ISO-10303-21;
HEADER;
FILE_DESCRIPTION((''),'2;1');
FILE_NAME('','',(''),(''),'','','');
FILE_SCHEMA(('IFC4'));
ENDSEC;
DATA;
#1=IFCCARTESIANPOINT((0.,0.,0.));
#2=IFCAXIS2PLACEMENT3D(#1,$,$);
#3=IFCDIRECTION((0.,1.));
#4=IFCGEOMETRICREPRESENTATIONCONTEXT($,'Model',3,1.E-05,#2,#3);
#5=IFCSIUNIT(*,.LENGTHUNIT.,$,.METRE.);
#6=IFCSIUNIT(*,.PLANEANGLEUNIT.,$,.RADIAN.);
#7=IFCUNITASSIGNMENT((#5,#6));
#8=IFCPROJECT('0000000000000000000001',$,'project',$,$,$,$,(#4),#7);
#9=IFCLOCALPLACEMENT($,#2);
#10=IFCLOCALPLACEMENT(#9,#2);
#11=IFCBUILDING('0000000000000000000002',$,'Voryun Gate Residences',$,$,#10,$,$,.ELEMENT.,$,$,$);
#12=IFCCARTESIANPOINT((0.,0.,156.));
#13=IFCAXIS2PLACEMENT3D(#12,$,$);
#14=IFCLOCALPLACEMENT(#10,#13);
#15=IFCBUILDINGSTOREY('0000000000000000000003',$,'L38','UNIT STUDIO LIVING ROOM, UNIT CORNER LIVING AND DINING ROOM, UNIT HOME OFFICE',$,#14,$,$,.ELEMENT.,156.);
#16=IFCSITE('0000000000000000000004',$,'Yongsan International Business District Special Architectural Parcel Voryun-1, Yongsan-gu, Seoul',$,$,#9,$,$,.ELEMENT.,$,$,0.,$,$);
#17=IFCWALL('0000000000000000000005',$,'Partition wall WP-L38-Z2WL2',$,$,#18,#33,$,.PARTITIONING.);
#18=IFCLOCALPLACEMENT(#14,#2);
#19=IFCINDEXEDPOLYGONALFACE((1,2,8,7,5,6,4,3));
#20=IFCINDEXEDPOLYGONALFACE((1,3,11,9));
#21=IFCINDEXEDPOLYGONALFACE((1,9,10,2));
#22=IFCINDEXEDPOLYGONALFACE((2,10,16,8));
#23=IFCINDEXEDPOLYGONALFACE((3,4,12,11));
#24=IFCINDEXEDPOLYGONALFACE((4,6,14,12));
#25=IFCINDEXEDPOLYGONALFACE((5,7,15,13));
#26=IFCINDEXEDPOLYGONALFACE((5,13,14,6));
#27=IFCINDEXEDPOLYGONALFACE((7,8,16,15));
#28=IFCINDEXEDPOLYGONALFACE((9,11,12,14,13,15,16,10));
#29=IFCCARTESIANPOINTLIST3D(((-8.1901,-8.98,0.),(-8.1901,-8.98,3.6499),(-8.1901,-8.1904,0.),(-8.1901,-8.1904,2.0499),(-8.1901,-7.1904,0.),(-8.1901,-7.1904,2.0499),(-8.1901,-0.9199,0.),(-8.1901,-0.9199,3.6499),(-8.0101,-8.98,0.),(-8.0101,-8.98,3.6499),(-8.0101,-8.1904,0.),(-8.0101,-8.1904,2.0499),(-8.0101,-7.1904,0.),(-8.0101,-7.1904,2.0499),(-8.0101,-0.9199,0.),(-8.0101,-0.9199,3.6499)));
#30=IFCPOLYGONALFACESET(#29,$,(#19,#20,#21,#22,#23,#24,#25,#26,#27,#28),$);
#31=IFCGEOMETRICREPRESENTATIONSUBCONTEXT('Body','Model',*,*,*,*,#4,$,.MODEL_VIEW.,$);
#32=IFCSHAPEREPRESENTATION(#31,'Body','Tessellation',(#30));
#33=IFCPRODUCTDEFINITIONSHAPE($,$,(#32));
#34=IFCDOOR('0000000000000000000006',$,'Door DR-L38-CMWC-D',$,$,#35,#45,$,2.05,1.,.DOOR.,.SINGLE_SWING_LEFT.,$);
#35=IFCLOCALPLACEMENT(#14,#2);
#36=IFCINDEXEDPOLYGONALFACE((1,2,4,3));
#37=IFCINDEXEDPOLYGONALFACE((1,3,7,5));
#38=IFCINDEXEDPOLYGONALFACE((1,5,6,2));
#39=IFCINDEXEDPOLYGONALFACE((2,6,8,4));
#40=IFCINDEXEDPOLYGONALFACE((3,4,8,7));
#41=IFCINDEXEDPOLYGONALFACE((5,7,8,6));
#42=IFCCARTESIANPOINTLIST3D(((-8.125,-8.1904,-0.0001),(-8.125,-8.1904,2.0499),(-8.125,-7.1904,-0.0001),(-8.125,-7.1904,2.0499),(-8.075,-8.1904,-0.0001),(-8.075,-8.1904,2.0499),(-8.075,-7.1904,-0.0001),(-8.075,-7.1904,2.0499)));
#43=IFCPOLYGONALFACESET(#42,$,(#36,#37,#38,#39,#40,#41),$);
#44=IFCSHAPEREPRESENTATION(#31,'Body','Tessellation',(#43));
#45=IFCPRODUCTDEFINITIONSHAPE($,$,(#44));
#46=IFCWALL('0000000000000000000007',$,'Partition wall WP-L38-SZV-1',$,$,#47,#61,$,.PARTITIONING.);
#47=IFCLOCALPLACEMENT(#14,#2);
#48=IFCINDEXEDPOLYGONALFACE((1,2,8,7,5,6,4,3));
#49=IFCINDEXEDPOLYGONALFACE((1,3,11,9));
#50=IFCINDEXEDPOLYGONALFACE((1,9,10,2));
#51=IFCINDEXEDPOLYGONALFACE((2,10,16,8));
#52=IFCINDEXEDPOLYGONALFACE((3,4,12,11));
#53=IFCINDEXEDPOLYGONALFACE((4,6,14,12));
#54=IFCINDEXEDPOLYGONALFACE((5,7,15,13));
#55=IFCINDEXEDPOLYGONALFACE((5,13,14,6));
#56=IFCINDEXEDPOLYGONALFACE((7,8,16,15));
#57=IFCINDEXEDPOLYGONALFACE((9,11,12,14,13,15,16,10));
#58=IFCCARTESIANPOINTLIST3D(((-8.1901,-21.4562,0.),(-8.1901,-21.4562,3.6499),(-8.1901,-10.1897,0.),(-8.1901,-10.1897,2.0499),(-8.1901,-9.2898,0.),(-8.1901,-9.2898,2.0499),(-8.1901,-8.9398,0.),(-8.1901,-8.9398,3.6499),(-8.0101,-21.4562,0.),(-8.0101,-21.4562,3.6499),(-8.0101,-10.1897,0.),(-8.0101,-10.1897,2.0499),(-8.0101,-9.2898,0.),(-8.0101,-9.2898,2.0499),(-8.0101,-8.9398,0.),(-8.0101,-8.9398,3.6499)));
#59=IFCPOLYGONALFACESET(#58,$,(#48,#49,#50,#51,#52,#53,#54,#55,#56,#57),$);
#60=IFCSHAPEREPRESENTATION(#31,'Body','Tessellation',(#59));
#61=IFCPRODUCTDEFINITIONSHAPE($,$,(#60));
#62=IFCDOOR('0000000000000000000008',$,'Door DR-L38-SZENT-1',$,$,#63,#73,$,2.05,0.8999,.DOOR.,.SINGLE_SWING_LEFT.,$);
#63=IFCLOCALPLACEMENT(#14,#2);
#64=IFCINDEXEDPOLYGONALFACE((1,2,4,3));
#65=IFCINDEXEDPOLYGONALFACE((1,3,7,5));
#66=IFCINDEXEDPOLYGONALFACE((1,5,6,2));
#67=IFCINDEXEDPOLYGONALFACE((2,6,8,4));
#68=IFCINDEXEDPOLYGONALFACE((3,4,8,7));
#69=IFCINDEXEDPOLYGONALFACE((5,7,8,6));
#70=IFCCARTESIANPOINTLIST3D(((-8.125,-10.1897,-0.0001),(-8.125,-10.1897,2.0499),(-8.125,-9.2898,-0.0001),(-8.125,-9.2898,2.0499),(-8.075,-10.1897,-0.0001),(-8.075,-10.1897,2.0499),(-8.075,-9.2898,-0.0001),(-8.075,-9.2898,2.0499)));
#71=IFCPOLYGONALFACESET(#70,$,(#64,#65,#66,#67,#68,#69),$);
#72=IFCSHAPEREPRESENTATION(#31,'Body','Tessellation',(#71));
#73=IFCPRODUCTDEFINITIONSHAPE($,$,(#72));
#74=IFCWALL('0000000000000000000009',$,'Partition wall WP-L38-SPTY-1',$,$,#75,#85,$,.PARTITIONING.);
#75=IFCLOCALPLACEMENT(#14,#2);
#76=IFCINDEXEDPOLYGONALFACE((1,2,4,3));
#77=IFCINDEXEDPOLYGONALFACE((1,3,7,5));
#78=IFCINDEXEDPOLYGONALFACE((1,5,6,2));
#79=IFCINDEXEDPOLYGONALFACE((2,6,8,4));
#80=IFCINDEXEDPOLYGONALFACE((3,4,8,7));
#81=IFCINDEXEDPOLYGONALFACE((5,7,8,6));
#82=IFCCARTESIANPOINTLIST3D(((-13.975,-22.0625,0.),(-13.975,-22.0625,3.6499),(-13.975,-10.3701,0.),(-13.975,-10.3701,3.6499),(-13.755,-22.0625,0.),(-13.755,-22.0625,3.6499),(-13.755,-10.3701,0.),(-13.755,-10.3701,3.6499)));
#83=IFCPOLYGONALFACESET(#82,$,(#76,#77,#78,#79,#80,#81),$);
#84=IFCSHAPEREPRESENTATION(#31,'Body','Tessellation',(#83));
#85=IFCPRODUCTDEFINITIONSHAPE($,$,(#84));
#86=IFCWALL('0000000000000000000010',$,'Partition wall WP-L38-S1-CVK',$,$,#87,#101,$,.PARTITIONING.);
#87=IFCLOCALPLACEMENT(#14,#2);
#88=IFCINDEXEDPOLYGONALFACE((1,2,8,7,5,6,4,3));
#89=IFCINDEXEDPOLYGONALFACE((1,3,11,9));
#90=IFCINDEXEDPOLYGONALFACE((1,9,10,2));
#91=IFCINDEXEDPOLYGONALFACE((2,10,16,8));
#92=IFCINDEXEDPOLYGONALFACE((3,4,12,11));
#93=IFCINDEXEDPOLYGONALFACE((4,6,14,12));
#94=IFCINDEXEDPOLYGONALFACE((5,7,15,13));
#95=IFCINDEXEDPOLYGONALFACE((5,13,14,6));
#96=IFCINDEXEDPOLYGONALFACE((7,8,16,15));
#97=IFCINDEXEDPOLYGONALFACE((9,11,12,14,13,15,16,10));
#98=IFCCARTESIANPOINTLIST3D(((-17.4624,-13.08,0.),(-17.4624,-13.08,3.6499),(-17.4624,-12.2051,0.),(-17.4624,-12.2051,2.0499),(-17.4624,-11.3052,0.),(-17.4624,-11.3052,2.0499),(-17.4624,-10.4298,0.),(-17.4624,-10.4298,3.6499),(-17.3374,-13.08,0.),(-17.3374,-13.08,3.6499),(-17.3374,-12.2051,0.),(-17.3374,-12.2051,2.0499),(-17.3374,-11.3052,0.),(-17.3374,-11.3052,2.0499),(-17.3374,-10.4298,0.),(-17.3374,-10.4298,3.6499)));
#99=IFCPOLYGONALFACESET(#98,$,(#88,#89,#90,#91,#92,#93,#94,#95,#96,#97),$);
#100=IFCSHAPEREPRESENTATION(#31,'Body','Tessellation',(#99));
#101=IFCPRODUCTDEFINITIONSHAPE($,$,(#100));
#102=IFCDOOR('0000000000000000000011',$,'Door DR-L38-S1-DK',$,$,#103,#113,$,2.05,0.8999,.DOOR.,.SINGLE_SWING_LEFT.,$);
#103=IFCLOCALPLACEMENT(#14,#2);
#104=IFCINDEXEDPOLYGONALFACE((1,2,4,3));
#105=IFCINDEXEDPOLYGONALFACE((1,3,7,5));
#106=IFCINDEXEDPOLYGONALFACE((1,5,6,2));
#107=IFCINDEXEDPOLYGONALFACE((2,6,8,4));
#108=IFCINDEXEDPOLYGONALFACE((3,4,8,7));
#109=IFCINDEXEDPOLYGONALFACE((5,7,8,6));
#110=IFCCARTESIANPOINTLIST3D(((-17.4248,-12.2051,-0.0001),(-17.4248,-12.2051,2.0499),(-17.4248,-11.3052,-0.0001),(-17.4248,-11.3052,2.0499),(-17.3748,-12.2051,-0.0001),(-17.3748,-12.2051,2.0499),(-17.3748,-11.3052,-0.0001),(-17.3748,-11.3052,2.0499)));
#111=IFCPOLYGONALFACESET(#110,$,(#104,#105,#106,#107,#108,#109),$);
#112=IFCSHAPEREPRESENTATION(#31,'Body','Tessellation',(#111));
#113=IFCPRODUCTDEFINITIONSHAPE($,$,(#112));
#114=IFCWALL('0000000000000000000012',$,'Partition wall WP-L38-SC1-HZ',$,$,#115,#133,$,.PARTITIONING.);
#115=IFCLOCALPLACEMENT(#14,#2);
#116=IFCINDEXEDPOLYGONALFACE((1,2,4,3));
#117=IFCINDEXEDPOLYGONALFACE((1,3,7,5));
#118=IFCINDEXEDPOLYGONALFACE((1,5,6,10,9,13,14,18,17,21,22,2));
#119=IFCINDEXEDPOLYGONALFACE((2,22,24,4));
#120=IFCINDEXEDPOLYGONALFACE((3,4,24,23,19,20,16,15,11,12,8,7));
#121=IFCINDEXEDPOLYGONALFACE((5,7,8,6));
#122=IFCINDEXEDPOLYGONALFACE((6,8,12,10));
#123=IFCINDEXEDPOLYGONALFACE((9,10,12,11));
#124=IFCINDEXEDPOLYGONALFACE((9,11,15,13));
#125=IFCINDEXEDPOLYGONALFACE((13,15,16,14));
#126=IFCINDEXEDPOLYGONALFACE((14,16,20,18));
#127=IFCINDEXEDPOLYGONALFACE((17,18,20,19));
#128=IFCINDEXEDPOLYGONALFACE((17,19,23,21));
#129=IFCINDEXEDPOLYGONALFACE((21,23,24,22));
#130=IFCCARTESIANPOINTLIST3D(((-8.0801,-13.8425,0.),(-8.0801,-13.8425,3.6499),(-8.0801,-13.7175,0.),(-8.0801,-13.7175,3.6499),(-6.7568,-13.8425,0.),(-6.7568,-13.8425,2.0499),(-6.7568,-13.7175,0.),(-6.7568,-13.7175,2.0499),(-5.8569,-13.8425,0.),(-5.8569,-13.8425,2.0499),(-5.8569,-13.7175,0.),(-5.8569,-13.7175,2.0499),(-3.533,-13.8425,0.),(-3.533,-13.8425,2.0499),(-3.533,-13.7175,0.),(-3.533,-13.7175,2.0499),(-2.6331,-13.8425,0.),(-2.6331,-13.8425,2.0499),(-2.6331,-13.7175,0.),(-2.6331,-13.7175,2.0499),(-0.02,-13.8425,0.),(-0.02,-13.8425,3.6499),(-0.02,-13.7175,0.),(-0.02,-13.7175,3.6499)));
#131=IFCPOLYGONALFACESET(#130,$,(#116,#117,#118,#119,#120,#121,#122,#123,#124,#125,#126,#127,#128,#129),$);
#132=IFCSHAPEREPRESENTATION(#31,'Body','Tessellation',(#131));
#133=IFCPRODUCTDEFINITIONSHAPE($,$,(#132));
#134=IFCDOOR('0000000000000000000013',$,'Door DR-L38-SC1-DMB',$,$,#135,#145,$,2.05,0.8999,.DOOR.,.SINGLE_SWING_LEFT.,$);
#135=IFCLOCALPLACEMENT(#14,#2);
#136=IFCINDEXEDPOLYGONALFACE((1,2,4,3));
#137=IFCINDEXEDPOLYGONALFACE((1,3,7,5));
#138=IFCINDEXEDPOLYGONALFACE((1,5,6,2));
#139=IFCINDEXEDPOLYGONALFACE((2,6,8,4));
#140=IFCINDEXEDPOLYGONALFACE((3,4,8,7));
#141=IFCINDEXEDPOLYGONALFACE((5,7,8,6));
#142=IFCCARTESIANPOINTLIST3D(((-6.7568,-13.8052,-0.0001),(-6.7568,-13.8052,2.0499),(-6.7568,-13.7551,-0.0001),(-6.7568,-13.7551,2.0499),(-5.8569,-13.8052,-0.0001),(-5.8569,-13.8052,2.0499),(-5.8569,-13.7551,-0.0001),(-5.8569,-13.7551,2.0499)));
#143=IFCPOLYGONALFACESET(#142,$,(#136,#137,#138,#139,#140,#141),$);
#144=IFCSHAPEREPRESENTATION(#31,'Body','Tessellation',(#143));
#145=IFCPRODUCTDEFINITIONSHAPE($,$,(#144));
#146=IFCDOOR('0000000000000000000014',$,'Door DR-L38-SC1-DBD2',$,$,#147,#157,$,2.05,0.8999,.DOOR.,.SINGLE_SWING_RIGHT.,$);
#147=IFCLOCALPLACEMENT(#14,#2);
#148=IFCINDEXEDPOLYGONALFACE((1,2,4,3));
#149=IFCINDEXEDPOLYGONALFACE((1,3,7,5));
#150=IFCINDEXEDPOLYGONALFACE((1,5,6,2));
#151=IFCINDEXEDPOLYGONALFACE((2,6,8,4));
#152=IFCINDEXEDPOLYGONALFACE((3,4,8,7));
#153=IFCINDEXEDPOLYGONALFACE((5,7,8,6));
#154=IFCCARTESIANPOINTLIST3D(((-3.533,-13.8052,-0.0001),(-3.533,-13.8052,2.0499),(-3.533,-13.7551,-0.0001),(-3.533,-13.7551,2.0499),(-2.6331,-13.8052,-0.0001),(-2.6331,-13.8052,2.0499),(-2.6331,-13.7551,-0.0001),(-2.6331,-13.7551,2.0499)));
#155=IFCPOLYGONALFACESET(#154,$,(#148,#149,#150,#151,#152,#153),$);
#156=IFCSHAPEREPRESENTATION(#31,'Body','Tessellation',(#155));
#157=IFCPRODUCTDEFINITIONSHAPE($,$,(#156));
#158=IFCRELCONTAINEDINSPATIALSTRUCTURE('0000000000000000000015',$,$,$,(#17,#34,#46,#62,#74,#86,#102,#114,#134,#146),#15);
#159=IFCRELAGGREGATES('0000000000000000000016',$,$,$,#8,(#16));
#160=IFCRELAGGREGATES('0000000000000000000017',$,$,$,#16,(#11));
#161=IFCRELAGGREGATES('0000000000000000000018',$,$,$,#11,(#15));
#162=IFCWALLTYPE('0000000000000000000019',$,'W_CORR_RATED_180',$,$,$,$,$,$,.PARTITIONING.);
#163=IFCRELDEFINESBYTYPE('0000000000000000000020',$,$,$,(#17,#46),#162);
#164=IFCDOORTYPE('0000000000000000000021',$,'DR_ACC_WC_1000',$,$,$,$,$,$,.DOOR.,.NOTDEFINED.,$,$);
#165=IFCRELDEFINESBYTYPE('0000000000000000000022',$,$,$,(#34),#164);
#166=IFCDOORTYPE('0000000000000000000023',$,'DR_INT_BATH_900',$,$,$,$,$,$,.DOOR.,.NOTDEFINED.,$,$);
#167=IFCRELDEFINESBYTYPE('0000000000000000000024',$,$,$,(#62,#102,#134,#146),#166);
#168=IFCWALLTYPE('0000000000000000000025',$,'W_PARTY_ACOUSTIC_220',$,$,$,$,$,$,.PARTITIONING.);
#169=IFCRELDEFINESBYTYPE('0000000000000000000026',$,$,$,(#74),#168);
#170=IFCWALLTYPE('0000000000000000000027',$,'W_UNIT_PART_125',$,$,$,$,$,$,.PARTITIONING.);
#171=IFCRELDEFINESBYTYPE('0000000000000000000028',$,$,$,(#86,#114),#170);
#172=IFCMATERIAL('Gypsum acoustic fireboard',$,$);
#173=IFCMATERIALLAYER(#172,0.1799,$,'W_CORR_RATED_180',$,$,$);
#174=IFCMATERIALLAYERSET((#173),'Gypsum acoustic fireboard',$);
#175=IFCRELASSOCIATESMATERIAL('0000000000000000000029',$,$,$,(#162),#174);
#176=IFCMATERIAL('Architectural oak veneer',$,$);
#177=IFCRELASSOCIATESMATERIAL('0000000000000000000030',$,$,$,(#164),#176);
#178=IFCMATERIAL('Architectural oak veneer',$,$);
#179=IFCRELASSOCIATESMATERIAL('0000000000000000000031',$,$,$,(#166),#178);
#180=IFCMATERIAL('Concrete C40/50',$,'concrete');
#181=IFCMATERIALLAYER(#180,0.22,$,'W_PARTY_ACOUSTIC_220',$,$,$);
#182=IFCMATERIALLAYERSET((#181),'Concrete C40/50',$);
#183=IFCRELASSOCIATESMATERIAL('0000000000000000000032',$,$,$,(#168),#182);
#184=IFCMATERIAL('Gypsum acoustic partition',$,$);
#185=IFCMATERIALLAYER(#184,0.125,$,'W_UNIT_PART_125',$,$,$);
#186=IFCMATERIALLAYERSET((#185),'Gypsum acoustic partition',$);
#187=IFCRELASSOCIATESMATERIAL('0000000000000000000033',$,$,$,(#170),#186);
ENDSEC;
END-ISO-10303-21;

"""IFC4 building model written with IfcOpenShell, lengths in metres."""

from ifc_helpers import new_model, si_unit, direction, frame, frame_2d, origin, place, context, subcontext, project, spatial, rectangle, extrude, material, layer, layer_set, type_object, element, fill, save


model = new_model("IFC4")

# Units and contexts
model_context = context("Model", 3, precision=1e-05, world=origin(), true_north=direction((0.0, 1.0)))
body_context = subcontext(model_context, "Body", "Model", "MODEL_VIEW")
ifc_project = project(units=[si_unit("LENGTHUNIT", "METRE"), si_unit("PLANEANGLEUNIT", "RADIAN")], contexts=[model_context])

# Site, building, storey
site_placement = place(None, origin())
site = spatial("IfcSite", under=ifc_project, at=site_placement, Name="Yongsan International Business District Special Architectural Parcel Voryun-1, Yongsan-gu, Seoul", CompositionType="ELEMENT", RefElevation=0.0)
building_placement = place(site_placement, origin())
building = spatial("IfcBuilding", under=site, at=building_placement, Name="Voryun Gate Residences", CompositionType="ELEMENT")
storey_placement = place(building_placement, frame((0.0, 0.0, 156.0)))
storey = spatial("IfcBuildingStorey", under=building, at=storey_placement, Name="L38", Description="UNIT STUDIO LIVING ROOM, UNIT CORNER LIVING AND DINING ROOM, UNIT HOME OFFICE", CompositionType="ELEMENT", Elevation=156.0)

# Shared definitions
ifc_material_1 = material(Name="Gypsum acoustic fireboard")
ifc_layer_1 = layer(ifc_material_1, 0.1799, Name="W_CORR_RATED_180")
ifc_layer_set_1 = layer_set([ifc_layer_1], Name="Gypsum acoustic fireboard")
wall_type_1 = type_object("IfcWallType", Name="W_CORR_RATED_180", PredefinedType="PARTITIONING", material=ifc_layer_set_1)

# Walls, openings, doors
wall_1_placement = place(storey_placement, frame((-8.1001, -8.98, 0.0), z_axis=(0.0, 0.0, 1.0), x_axis=(0.0, 1.0, 0.0)))
wall_1 = element("IfcWall", 1, at=wall_1_placement, inside=storey, type_object=wall_type_1, Name="Partition wall WP-L38-Z2WL2", PredefinedType="PARTITIONING", context=body_context, shape_type="SweptSolid", body=[
    extrude(rectangle(XDim=8.0601, YDim=0.1799, at=frame_2d((4.03, 0.0))), origin(), (0.0, 0.0, 1.0), 3.6499),
])
opening_1_placement = place(wall_1_placement, frame((0.7896, 0.0, 0.0)))
opening_1 = element("IfcOpeningElement", 2, at=opening_1_placement, cuts=wall_1, PredefinedType="OPENING", context=body_context, shape_type="SweptSolid", body=[
    extrude(rectangle(XDim=1.0, YDim=2.05, at=frame_2d((0.5, 1.0249))), frame((0.0, 0.0999, 0.0), z_axis=(0.0, -1.0, 0.0), x_axis=(1.0, 0.0, 0.0)), (0.0, 0.0, 1.0), 0.2),
])
ifc_material_2 = material(Name="Architectural oak veneer")
door_type_1 = type_object("IfcDoorType", Name="DR_ACC_WC_1000", OperationType="NOTDEFINED", PredefinedType="DOOR", material=ifc_material_2)
door_1_placement = place(opening_1_placement, origin())
door_1 = element("IfcDoor", 3, at=door_1_placement, inside=storey, type_object=door_type_1, Name="Door DR-L38-CMWC-D", OperationType="SINGLE_SWING_LEFT", OverallHeight=2.05, OverallWidth=1.0, PredefinedType="DOOR", context=body_context, shape_type="SweptSolid", body=[
    extrude(rectangle(XDim=1.0, YDim=2.05, at=frame_2d((0.5, 1.0249))), frame((0.0, 0.0249, 0.0), z_axis=(0.0, -1.0, 0.0), x_axis=(1.0, 0.0, 0.0)), (0.0, 0.0, 1.0), 0.05),
])
fill(opening_1, door_1)
wall_2_placement = place(storey_placement, frame((-8.1001, -21.4563, 0.0), z_axis=(0.0, 0.0, 1.0), x_axis=(0.0, 1.0, 0.0)))
wall_2 = element("IfcWall", 4, at=wall_2_placement, inside=storey, type_object=wall_type_1, Name="Partition wall WP-L38-SZV-1", PredefinedType="PARTITIONING", context=body_context, shape_type="SweptSolid", body=[
    extrude(rectangle(XDim=12.5164, YDim=0.1799, at=frame_2d((6.2583, 0.0))), origin(), (0.0, 0.0, 1.0), 3.6499),
])
opening_2_placement = place(wall_2_placement, frame((11.2666, 0.0, 0.0)))
opening_2 = element("IfcOpeningElement", 5, at=opening_2_placement, cuts=wall_2, PredefinedType="OPENING", context=body_context, shape_type="SweptSolid", body=[
    extrude(rectangle(XDim=0.8999, YDim=2.05, at=frame_2d((0.45, 1.0249))), frame((0.0, 0.0999, 0.0), z_axis=(0.0, -1.0, 0.0), x_axis=(1.0, 0.0, 0.0)), (0.0, 0.0, 1.0), 0.2),
])
ifc_material_3 = material(Name="Architectural oak veneer")
door_type_2 = type_object("IfcDoorType", Name="DR_INT_BATH_900", OperationType="NOTDEFINED", PredefinedType="DOOR", material=ifc_material_3)
door_2_placement = place(opening_2_placement, origin())
door_2 = element("IfcDoor", 6, at=door_2_placement, inside=storey, type_object=door_type_2, Name="Door DR-L38-SZENT-1", OperationType="SINGLE_SWING_LEFT", OverallHeight=2.05, OverallWidth=0.8999, PredefinedType="DOOR", context=body_context, shape_type="SweptSolid", body=[
    extrude(rectangle(XDim=0.8999, YDim=2.05, at=frame_2d((0.45, 1.0249))), frame((0.0, 0.0249, 0.0), z_axis=(0.0, -1.0, 0.0), x_axis=(1.0, 0.0, 0.0)), (0.0, 0.0, 1.0), 0.05),
])
fill(opening_2, door_2)

# Wall
ifc_material_4 = material(Name="Concrete C40/50", Category="concrete")
ifc_layer_2 = layer(ifc_material_4, 0.22, Name="W_PARTY_ACOUSTIC_220")
ifc_layer_set_2 = layer_set([ifc_layer_2], Name="Concrete C40/50")
wall_type_2 = type_object("IfcWallType", Name="W_PARTY_ACOUSTIC_220", PredefinedType="PARTITIONING", material=ifc_layer_set_2)
wall_3_placement = place(storey_placement, frame((-13.865, -22.0625, 0.0), z_axis=(0.0, 0.0, 1.0), x_axis=(0.0, 1.0, 0.0)))
element("IfcWall", 7, at=wall_3_placement, inside=storey, type_object=wall_type_2, Name="Partition wall WP-L38-SPTY-1", PredefinedType="PARTITIONING", context=body_context, shape_type="SweptSolid", body=[
    extrude(rectangle(XDim=11.6924, YDim=0.22, at=frame_2d((5.8462, 0.0))), origin(), (0.0, 0.0, 1.0), 3.6499),
])

# Wall, opening, door
ifc_material_5 = material(Name="Gypsum acoustic partition")
ifc_layer_3 = layer(ifc_material_5, 0.125, Name="W_UNIT_PART_125")
ifc_layer_set_3 = layer_set([ifc_layer_3], Name="Gypsum acoustic partition")
wall_type_3 = type_object("IfcWallType", Name="W_UNIT_PART_125", PredefinedType="PARTITIONING", material=ifc_layer_set_3)
wall_4_placement = place(storey_placement, frame((-17.3999, -13.0801, 0.0), z_axis=(0.0, 0.0, 1.0), x_axis=(0.0, 1.0, 0.0)))
wall_4 = element("IfcWall", 8, at=wall_4_placement, inside=storey, type_object=wall_type_3, Name="Partition wall WP-L38-S1-CVK", PredefinedType="PARTITIONING", context=body_context, shape_type="SweptSolid", body=[
    extrude(rectangle(XDim=2.6501, YDim=0.125, at=frame_2d((1.3252, 0.0))), origin(), (0.0, 0.0, 1.0), 3.6499),
])
opening_3_placement = place(wall_4_placement, frame((0.875, 0.0, 0.0)))
opening_3 = element("IfcOpeningElement", 9, at=opening_3_placement, cuts=wall_4, PredefinedType="OPENING", context=body_context, shape_type="SweptSolid", body=[
    extrude(rectangle(XDim=0.8999, YDim=2.05, at=frame_2d((0.45, 1.0249))), frame((0.0, 0.0725, 0.0), z_axis=(0.0, -1.0, 0.0), x_axis=(1.0, 0.0, 0.0)), (0.0, 0.0, 1.0), 0.145),
])
door_3_placement = place(opening_3_placement, origin())
door_3 = element("IfcDoor", 10, at=door_3_placement, inside=storey, type_object=door_type_2, Name="Door DR-L38-S1-DK", OperationType="SINGLE_SWING_LEFT", OverallHeight=2.05, OverallWidth=0.8999, PredefinedType="DOOR", context=body_context, shape_type="SweptSolid", body=[
    extrude(rectangle(XDim=0.8999, YDim=2.05, at=frame_2d((0.45, 1.0249))), frame((0.0, 0.0249, 0.0), z_axis=(0.0, -1.0, 0.0), x_axis=(1.0, 0.0, 0.0)), (0.0, 0.0, 1.0), 0.05),
])
fill(opening_3, door_3)

# Wall, openings, doors
wall_5_placement = place(storey_placement, frame((-8.0801, -13.78, 0.0), z_axis=(0.0, 0.0, 1.0), x_axis=(1.0, 0.0, 0.0)))
wall_5 = element("IfcWall", 11, at=wall_5_placement, inside=storey, type_object=wall_type_3, Name="Partition wall WP-L38-SC1-HZ", PredefinedType="PARTITIONING", context=body_context, shape_type="SweptSolid", body=[
    extrude(rectangle(XDim=8.0601, YDim=0.125, at=frame_2d((4.03, 0.0))), origin(), (0.0, 0.0, 1.0), 3.6499),
])
opening_4_placement = place(wall_5_placement, frame((1.3232, 0.0, 0.0)))
opening_4 = element("IfcOpeningElement", 12, at=opening_4_placement, cuts=wall_5, PredefinedType="OPENING", context=body_context, shape_type="SweptSolid", body=[
    extrude(rectangle(XDim=0.8999, YDim=2.05, at=frame_2d((0.45, 1.0249))), frame((0.0, 0.0725, 0.0), z_axis=(0.0, -1.0, 0.0), x_axis=(1.0, 0.0, 0.0)), (0.0, 0.0, 1.0), 0.145),
])
opening_5_placement = place(wall_5_placement, frame((4.5471, 0.0, 0.0)))
opening_5 = element("IfcOpeningElement", 13, at=opening_5_placement, cuts=wall_5, PredefinedType="OPENING", context=body_context, shape_type="SweptSolid", body=[
    extrude(rectangle(XDim=0.8999, YDim=2.05, at=frame_2d((0.45, 1.0249))), frame((0.0, 0.0725, 0.0), z_axis=(0.0, -1.0, 0.0), x_axis=(1.0, 0.0, 0.0)), (0.0, 0.0, 1.0), 0.145),
])
door_4_placement = place(opening_4_placement, origin())
door_4 = element("IfcDoor", 14, at=door_4_placement, inside=storey, type_object=door_type_2, Name="Door DR-L38-SC1-DMB", OperationType="SINGLE_SWING_LEFT", OverallHeight=2.05, OverallWidth=0.8999, PredefinedType="DOOR", context=body_context, shape_type="SweptSolid", body=[
    extrude(rectangle(XDim=0.8999, YDim=2.05, at=frame_2d((0.45, 1.0249))), frame((0.0, 0.0249, 0.0), z_axis=(0.0, -1.0, 0.0), x_axis=(1.0, 0.0, 0.0)), (0.0, 0.0, 1.0), 0.05),
])
fill(opening_4, door_4)
door_5_placement = place(opening_5_placement, origin())
door_5 = element("IfcDoor", 15, at=door_5_placement, inside=storey, type_object=door_type_2, Name="Door DR-L38-SC1-DBD2", OperationType="SINGLE_SWING_RIGHT", OverallHeight=2.05, OverallWidth=0.8999, PredefinedType="DOOR", context=body_context, shape_type="SweptSolid", body=[
    extrude(rectangle(XDim=0.8999, YDim=2.05, at=frame_2d((0.45, 1.0249))), frame((0.0, 0.0249, 0.0), z_axis=(0.0, -1.0, 0.0), x_axis=(1.0, 0.0, 0.0)), (0.0, 0.0, 1.0), 0.05),
])
fill(opening_5, door_5)

save(model, "model.ifc")
